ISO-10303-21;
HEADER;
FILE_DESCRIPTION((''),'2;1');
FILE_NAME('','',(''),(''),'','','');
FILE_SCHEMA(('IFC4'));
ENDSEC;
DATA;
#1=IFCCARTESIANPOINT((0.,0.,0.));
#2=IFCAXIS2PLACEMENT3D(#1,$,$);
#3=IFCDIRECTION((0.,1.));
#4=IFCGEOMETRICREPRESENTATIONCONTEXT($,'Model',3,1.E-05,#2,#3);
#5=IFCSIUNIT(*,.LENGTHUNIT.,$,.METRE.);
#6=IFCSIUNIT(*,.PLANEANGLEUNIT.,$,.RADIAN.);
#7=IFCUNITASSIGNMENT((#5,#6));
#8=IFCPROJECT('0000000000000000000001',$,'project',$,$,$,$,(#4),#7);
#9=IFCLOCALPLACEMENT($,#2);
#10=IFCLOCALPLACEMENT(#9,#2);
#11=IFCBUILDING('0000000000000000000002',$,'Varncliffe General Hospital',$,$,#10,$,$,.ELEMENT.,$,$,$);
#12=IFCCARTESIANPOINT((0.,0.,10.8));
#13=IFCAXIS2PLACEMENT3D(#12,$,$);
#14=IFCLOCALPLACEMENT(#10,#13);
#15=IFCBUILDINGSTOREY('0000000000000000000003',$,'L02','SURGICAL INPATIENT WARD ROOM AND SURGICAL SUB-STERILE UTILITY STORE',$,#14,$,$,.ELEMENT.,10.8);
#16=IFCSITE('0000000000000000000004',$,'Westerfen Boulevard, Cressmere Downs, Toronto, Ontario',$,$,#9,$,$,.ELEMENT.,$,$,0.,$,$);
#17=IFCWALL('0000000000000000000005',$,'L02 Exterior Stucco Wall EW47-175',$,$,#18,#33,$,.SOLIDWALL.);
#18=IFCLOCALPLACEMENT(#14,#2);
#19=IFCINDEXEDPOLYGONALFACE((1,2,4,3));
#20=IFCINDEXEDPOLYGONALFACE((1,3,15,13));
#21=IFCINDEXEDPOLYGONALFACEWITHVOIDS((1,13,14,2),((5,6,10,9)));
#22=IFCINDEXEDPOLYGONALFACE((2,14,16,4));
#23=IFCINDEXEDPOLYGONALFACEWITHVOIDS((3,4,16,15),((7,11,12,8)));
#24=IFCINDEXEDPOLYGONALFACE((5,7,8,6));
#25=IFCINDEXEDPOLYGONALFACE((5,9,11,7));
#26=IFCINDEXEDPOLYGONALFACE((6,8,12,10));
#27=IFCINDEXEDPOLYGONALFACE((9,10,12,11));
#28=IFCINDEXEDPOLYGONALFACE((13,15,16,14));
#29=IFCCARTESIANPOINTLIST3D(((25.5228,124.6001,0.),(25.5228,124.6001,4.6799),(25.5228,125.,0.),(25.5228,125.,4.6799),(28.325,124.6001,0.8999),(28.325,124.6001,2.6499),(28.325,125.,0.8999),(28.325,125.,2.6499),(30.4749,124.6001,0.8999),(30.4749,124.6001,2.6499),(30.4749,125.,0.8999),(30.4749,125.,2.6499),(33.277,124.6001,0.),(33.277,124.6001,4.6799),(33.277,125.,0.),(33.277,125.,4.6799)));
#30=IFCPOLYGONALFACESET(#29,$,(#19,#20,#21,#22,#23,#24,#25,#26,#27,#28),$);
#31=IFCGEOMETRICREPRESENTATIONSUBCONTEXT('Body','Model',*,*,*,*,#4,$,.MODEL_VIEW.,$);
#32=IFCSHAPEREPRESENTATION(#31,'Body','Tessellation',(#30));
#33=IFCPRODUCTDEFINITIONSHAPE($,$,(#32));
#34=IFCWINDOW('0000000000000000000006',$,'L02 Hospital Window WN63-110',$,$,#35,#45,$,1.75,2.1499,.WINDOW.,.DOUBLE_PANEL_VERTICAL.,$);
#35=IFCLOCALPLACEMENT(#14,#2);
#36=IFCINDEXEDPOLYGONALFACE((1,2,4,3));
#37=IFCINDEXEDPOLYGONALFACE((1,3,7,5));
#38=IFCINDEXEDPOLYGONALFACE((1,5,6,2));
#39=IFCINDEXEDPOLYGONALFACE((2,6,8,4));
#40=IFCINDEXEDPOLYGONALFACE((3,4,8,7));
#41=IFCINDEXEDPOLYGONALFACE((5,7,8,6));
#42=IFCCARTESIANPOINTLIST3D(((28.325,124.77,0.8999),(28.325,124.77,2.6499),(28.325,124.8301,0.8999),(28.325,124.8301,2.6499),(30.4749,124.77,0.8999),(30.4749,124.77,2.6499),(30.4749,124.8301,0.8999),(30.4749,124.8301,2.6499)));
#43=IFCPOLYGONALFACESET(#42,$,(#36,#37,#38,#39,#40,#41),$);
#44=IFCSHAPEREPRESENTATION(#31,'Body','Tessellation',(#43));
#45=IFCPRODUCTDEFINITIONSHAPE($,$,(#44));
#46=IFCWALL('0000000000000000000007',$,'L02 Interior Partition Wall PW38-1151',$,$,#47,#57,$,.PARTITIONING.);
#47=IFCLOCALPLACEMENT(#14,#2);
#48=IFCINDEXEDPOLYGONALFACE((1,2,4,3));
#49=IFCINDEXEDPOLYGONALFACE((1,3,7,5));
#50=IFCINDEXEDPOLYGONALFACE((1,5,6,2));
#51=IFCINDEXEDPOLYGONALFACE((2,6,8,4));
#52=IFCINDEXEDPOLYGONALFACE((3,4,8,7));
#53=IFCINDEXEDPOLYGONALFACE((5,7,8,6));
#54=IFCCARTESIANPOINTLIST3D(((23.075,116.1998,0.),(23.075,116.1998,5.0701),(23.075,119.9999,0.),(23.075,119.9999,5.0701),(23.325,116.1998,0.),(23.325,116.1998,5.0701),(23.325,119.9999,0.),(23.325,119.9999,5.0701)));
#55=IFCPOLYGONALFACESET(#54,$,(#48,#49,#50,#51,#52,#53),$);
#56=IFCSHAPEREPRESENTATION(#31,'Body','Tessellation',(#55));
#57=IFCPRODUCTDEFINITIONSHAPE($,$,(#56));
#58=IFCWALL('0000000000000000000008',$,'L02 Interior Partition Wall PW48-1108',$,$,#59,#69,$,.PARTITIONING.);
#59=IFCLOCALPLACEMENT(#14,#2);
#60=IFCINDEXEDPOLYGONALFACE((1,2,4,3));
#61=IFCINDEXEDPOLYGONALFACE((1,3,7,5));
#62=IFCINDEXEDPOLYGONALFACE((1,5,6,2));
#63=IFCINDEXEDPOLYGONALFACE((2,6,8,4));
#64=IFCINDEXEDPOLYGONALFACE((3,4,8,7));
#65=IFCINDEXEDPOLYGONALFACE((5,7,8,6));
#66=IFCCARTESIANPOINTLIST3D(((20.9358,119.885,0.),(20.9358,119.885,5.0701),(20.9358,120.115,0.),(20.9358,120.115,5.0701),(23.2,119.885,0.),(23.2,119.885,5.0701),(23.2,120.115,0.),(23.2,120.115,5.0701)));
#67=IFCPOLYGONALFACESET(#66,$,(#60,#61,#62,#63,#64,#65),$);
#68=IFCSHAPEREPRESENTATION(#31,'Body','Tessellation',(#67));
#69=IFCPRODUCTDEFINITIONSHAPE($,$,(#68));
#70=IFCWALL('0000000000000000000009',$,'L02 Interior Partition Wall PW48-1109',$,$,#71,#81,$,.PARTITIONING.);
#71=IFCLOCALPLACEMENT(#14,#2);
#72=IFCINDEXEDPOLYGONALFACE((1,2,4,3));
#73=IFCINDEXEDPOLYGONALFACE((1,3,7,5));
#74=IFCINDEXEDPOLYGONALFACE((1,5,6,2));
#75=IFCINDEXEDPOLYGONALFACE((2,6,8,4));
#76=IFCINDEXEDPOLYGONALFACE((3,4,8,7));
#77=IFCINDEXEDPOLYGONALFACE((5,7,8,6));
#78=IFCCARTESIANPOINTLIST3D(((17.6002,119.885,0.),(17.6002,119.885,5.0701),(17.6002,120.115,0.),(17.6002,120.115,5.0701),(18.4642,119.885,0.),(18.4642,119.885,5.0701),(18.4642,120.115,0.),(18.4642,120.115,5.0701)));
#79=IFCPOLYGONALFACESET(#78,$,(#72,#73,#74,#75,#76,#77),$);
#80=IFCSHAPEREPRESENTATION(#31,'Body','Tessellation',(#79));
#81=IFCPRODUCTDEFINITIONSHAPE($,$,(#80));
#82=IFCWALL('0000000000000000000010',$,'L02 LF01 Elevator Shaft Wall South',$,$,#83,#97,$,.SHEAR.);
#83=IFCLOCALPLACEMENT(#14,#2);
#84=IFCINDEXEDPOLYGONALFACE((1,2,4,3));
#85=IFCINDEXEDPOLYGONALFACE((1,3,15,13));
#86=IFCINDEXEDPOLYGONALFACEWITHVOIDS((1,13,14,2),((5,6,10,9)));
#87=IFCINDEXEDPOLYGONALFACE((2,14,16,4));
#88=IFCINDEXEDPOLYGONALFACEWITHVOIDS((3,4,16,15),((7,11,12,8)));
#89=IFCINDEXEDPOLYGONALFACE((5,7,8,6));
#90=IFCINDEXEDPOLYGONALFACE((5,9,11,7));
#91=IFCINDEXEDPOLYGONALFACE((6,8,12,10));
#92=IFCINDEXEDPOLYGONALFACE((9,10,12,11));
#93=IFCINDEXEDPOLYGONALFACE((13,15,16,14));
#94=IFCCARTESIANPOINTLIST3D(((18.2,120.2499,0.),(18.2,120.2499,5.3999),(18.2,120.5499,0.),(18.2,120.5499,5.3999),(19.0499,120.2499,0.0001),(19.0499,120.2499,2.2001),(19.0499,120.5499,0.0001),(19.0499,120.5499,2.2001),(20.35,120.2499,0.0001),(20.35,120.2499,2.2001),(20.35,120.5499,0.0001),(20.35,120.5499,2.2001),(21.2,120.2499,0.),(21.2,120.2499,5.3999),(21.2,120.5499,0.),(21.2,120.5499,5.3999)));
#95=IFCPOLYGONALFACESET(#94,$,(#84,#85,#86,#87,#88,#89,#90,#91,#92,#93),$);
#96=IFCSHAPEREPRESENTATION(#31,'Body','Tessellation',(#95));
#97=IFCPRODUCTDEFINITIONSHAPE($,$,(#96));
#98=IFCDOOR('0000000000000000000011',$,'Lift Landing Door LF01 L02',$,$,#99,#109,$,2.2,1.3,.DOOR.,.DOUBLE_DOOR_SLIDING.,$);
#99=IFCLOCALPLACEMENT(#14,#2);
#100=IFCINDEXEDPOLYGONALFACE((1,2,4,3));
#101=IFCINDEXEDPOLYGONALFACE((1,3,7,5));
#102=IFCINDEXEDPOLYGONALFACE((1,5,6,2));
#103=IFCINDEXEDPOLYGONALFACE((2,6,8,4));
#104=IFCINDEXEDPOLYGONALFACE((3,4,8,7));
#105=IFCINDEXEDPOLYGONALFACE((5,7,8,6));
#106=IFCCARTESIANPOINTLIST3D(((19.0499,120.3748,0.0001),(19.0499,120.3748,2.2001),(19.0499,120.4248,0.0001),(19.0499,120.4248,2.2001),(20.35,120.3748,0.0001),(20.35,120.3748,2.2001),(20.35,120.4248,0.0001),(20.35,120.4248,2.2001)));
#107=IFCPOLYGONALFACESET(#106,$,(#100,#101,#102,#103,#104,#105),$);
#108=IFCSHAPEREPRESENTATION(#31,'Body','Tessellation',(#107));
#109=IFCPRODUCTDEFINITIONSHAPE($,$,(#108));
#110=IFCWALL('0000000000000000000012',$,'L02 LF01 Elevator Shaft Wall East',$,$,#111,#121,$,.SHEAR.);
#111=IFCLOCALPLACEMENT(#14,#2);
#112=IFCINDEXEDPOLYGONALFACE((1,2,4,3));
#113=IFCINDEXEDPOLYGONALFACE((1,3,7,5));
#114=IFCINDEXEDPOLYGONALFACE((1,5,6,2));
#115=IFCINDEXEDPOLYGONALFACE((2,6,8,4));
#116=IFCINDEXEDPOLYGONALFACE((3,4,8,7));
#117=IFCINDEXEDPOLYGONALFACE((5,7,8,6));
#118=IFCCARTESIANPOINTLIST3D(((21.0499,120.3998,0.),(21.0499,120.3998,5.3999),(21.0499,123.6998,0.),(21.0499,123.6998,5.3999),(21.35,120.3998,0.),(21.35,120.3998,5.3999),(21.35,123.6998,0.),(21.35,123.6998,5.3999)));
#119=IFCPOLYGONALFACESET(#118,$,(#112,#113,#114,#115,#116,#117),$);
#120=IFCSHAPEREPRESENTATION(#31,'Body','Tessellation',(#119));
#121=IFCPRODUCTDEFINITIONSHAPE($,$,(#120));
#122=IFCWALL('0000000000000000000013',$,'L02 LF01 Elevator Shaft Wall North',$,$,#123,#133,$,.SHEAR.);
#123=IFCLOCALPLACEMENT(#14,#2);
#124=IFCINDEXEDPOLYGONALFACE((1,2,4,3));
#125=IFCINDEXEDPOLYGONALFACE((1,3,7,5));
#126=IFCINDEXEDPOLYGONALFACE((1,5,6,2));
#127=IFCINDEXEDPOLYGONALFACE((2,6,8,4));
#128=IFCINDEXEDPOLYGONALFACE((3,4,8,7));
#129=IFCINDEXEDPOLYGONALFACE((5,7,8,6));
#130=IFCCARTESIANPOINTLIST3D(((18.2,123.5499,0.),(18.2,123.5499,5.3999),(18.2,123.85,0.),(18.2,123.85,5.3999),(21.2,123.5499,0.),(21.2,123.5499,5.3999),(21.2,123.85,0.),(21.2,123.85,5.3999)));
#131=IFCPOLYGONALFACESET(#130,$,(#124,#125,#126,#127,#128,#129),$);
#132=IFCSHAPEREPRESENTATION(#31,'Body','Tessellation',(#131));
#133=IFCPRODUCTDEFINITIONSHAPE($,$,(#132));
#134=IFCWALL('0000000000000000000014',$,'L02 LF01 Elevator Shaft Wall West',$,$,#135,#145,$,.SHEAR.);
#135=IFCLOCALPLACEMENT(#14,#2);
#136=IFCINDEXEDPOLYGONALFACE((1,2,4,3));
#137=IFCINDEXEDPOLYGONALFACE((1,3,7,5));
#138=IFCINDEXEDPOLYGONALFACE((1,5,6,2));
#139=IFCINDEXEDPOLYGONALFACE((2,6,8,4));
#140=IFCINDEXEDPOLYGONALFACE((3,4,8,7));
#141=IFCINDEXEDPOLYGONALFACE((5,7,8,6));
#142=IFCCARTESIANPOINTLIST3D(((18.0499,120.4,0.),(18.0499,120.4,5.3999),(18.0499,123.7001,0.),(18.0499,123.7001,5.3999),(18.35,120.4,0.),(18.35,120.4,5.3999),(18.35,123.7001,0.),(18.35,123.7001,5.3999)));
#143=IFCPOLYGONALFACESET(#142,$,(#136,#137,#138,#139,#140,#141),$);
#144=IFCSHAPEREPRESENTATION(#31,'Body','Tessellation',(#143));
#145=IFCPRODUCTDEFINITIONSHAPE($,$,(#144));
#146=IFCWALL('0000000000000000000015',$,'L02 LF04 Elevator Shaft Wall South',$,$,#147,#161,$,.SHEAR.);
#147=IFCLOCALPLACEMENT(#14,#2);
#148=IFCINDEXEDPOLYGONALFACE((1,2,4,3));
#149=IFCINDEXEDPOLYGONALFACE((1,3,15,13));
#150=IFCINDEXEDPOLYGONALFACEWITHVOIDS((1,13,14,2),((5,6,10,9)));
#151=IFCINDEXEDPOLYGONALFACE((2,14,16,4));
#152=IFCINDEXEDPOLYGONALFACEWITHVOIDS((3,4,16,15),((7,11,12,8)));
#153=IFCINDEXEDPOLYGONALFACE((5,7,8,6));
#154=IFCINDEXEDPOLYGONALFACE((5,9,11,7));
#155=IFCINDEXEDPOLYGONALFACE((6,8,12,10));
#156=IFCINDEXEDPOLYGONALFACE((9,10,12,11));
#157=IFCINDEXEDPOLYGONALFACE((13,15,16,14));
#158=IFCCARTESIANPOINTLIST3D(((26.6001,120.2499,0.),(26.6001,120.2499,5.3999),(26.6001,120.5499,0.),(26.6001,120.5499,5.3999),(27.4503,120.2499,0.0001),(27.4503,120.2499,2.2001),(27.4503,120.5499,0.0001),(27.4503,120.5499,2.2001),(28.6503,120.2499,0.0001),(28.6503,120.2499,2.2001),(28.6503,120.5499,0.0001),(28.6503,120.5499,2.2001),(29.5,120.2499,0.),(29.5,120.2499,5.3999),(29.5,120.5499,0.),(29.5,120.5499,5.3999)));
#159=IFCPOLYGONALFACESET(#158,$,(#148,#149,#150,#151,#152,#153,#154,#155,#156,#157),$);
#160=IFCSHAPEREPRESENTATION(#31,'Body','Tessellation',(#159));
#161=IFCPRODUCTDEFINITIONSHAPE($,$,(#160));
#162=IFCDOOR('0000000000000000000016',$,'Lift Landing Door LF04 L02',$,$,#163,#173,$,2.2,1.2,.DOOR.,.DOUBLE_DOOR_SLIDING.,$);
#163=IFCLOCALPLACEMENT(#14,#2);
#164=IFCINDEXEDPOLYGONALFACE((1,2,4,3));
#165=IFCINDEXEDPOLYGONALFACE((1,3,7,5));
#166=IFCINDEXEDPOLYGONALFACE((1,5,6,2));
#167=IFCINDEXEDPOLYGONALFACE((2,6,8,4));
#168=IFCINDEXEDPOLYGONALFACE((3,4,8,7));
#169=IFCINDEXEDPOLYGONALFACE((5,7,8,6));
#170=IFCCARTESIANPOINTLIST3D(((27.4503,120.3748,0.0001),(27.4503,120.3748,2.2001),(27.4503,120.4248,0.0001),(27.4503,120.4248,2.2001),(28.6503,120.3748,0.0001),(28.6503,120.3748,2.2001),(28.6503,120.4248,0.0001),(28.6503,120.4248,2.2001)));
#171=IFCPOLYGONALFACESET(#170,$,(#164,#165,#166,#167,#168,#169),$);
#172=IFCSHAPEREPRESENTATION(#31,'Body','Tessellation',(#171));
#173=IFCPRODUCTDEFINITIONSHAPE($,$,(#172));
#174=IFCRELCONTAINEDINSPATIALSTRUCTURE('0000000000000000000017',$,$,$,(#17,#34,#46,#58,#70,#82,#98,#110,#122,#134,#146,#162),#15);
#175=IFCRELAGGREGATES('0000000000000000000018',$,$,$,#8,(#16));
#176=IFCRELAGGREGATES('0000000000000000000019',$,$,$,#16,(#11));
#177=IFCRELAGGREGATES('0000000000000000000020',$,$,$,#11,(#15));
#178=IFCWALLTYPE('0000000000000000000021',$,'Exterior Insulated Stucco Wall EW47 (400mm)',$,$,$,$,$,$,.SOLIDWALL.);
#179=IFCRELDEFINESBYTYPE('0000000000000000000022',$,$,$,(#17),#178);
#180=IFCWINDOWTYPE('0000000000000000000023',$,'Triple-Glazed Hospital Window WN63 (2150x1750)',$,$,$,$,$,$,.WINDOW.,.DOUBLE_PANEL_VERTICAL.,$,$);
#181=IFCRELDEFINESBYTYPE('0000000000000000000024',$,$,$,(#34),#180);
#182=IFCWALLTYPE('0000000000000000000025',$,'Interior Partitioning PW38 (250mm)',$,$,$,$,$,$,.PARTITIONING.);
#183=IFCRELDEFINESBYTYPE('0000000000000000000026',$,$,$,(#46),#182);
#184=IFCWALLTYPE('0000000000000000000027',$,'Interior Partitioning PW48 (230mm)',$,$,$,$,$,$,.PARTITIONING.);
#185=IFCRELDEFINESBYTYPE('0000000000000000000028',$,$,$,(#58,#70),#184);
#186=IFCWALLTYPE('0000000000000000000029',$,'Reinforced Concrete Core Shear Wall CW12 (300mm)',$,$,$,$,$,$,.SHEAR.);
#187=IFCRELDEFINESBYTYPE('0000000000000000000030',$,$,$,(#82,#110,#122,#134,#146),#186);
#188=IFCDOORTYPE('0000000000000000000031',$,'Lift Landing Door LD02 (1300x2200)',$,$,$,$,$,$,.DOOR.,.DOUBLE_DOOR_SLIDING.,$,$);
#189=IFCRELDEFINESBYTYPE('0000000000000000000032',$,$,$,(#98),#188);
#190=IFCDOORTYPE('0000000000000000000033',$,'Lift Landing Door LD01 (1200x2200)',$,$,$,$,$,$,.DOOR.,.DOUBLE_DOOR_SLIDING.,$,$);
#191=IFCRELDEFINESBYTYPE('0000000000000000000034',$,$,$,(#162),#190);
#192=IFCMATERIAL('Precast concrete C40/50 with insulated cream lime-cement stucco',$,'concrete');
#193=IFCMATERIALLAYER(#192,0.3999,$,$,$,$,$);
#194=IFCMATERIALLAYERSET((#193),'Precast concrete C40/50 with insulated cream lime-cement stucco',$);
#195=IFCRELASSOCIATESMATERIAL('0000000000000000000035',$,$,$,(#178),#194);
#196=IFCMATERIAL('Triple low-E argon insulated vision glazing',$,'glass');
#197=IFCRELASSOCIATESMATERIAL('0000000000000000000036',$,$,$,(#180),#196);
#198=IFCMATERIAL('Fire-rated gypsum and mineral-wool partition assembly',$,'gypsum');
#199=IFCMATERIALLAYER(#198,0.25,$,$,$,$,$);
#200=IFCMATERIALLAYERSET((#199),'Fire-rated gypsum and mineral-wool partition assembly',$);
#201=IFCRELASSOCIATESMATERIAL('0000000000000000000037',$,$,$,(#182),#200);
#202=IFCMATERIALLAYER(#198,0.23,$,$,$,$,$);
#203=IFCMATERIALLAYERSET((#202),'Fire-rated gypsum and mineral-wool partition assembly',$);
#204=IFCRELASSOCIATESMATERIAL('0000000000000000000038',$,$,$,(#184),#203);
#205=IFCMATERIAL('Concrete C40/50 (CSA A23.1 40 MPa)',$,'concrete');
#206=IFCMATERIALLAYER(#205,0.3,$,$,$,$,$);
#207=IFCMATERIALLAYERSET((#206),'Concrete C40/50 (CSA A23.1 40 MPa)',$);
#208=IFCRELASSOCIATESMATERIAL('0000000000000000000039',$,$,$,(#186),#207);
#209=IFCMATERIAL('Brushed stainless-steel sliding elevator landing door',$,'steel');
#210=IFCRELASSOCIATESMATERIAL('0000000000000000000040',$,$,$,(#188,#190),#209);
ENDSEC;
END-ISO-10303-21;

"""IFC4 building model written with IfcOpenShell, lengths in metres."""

from ifc_helpers import new_model, si_unit, direction, frame, frame_2d, origin, place, context, subcontext, project, spatial, rectangle, extrude, material, layer, layer_set, type_object, element, fill, save


model = new_model("IFC4")

# Units and contexts
model_context = context("Model", 3, precision=1e-05, world=origin(), true_north=direction((0.0, 1.0)))
body_context = subcontext(model_context, "Body", "Model", "MODEL_VIEW")
ifc_project = project(units=[si_unit("LENGTHUNIT", "METRE"), si_unit("PLANEANGLEUNIT", "RADIAN")], contexts=[model_context])

# Site, building, storey
site_placement = place(None, origin())
site = spatial("IfcSite", under=ifc_project, at=site_placement, Name="Westerfen Boulevard, Cressmere Downs, Toronto, Ontario", CompositionType="ELEMENT", RefElevation=0.0)
building_placement = place(site_placement, origin())
building = spatial("IfcBuilding", under=site, at=building_placement, Name="Varncliffe General Hospital", CompositionType="ELEMENT")
storey_placement = place(building_placement, frame((0.0, 0.0, 10.8)))
storey = spatial("IfcBuildingStorey", under=building, at=storey_placement, Name="L02", Description="SURGICAL INPATIENT WARD ROOM AND SURGICAL SUB-STERILE UTILITY STORE", CompositionType="ELEMENT", Elevation=10.8)

# Shared definitions
ifc_material_1 = material(Name="Concrete C40/50 (CSA A23.1 40 MPa)", Category="concrete")

# Wall, opening, window
ifc_material_2 = material(Name="Precast concrete C40/50 with insulated cream lime-cement stucco", Category="concrete")
ifc_material_3 = material(Name="Triple low-E argon insulated vision glazing", Category="glass")
ifc_layer_1 = layer(ifc_material_2, 0.3999)
ifc_layer_set_1 = layer_set([ifc_layer_1], Name="Precast concrete C40/50 with insulated cream lime-cement stucco")
wall_type_1 = type_object("IfcWallType", Name="Exterior Insulated Stucco Wall EW47 (400mm)", PredefinedType="SOLIDWALL", material=ifc_layer_set_1)
wall_1_placement = place(storey_placement, frame((25.5229, 124.8, 0.0), z_axis=(0.0, 0.0, 1.0), x_axis=(1.0, 0.0, 0.0)))
wall_1 = element("IfcWall", 1, at=wall_1_placement, inside=storey, type_object=wall_type_1, Name="L02 Exterior Stucco Wall EW47-175", PredefinedType="SOLIDWALL", context=body_context, shape_type="SweptSolid", body=[
    extrude(rectangle(XDim=7.7542, YDim=0.3999, at=frame_2d((3.877, 0.0))), origin(), (0.0, 0.0, 1.0), 4.6799),
])
opening_1_placement = place(wall_1_placement, frame((2.802, 0.0, 0.8999)))
opening_1 = element("IfcOpeningElement", 2, at=opening_1_placement, cuts=wall_1, PredefinedType="OPENING", context=body_context, shape_type="SweptSolid", body=[
    extrude(rectangle(XDim=2.1499, YDim=1.75, at=frame_2d((1.075, 0.875))), frame((0.0, 0.21, 0.0), z_axis=(0.0, -1.0, 0.0), x_axis=(1.0, 0.0, 0.0)), (0.0, 0.0, 1.0), 0.4199),
])
window_type_1 = type_object("IfcWindowType", Name="Triple-Glazed Hospital Window WN63 (2150x1750)", PartitioningType="DOUBLE_PANEL_VERTICAL", PredefinedType="WINDOW", material=ifc_material_3)
window_1_placement = place(opening_1_placement, origin())
window_1 = element("IfcWindow", 3, at=window_1_placement, inside=storey, type_object=window_type_1, Name="L02 Hospital Window WN63-110", OverallHeight=1.75, OverallWidth=2.1499, PartitioningType="DOUBLE_PANEL_VERTICAL", PredefinedType="WINDOW", context=body_context, shape_type="SweptSolid", body=[
    extrude(rectangle(XDim=2.1499, YDim=1.75, at=frame_2d((1.075, 0.875))), frame((0.0, 0.03, 0.0), z_axis=(0.0, -1.0, 0.0), x_axis=(1.0, 0.0, 0.0)), (0.0, 0.0, 1.0), 0.0601),
])
fill(opening_1, window_1)

# Walls
ifc_material_4 = material(Name="Fire-rated gypsum and mineral-wool partition assembly", Category="gypsum")
ifc_layer_2 = layer(ifc_material_4, 0.25)
ifc_layer_set_2 = layer_set([ifc_layer_2], Name="Fire-rated gypsum and mineral-wool partition assembly")
wall_type_2 = type_object("IfcWallType", Name="Interior Partitioning PW38 (250mm)", PredefinedType="PARTITIONING", material=ifc_layer_set_2)
wall_2_placement = place(storey_placement, frame((23.2, 116.2, 0.0), z_axis=(0.0, 0.0, 1.0), x_axis=(0.0, 1.0, 0.0)))
element("IfcWall", 4, at=wall_2_placement, inside=storey, type_object=wall_type_2, Name="L02 Interior Partition Wall PW38-1151", PredefinedType="PARTITIONING", context=body_context, shape_type="SweptSolid", body=[
    extrude(rectangle(XDim=3.8, YDim=0.25, at=frame_2d((1.8999, 0.0))), origin(), (0.0, 0.0, 1.0), 5.0701),
])
ifc_layer_3 = layer(ifc_material_4, 0.23)
ifc_layer_set_3 = layer_set([ifc_layer_3], Name="Fire-rated gypsum and mineral-wool partition assembly")
wall_type_3 = type_object("IfcWallType", Name="Interior Partitioning PW48 (230mm)", PredefinedType="PARTITIONING", material=ifc_layer_set_3)
wall_3_placement = place(storey_placement, frame((20.9358, 120.0, 0.0), z_axis=(0.0, 0.0, 1.0), x_axis=(1.0, 0.0, 0.0)))
element("IfcWall", 5, at=wall_3_placement, inside=storey, type_object=wall_type_3, Name="L02 Interior Partition Wall PW48-1108", PredefinedType="PARTITIONING", context=body_context, shape_type="SweptSolid", body=[
    extrude(rectangle(XDim=2.2642, YDim=0.23, at=frame_2d((1.1321, 0.0))), origin(), (0.0, 0.0, 1.0), 5.0701),
])
wall_4_placement = place(storey_placement, frame((17.6001, 120.0, 0.0), z_axis=(0.0, 0.0, 1.0), x_axis=(1.0, 0.0, 0.0)))
element("IfcWall", 6, at=wall_4_placement, inside=storey, type_object=wall_type_3, Name="L02 Interior Partition Wall PW48-1109", PredefinedType="PARTITIONING", context=body_context, shape_type="SweptSolid", body=[
    extrude(rectangle(XDim=0.864, YDim=0.23, at=frame_2d((0.4321, 0.0))), origin(), (0.0, 0.0, 1.0), 5.0701),
])

# Wall, opening, door
ifc_layer_4 = layer(ifc_material_1, 0.3)
ifc_layer_set_4 = layer_set([ifc_layer_4], Name="Concrete C40/50 (CSA A23.1 40 MPa)")
wall_type_4 = type_object("IfcWallType", Name="Reinforced Concrete Core Shear Wall CW12 (300mm)", PredefinedType="SHEAR", material=ifc_layer_set_4)
wall_5_placement = place(storey_placement, frame((18.2, 120.3999, 0.0), z_axis=(0.0, 0.0, 1.0), x_axis=(1.0, 0.0, 0.0)))
wall_5 = element("IfcWall", 7, at=wall_5_placement, inside=storey, type_object=wall_type_4, Name="L02 LF01 Elevator Shaft Wall South", PredefinedType="SHEAR", context=body_context, shape_type="SweptSolid", body=[
    extrude(rectangle(XDim=3.0, YDim=0.3, at=frame_2d((1.5, 0.0))), origin(), (0.0, 0.0, 1.0), 5.3999),
])
opening_2_placement = place(wall_5_placement, frame((0.8501, 0.0, 0.0)))
opening_2 = element("IfcOpeningElement", 8, at=opening_2_placement, cuts=wall_5, PredefinedType="OPENING", context=body_context, shape_type="SweptSolid", body=[
    extrude(rectangle(XDim=1.3, YDim=2.2, at=frame_2d((0.6499, 1.1001))), frame((0.0, 0.1602, 0.0), z_axis=(0.0, -1.0, 0.0), x_axis=(1.0, 0.0, 0.0)), (0.0, 0.0, 1.0), 0.3201),
])
ifc_material_5 = material(Name="Brushed stainless-steel sliding elevator landing door", Category="steel")
door_type_1 = type_object("IfcDoorType", Name="Lift Landing Door LD02 (1300x2200)", OperationType="DOUBLE_DOOR_SLIDING", PredefinedType="DOOR", material=ifc_material_5)
door_1_placement = place(opening_2_placement, origin())
door_1 = element("IfcDoor", 9, at=door_1_placement, inside=storey, type_object=door_type_1, Name="Lift Landing Door LF01 L02", OperationType="DOUBLE_DOOR_SLIDING", OverallHeight=2.2, OverallWidth=1.3, PredefinedType="DOOR", context=body_context, shape_type="SweptSolid", body=[
    extrude(rectangle(XDim=1.3, YDim=2.2, at=frame_2d((0.6499, 1.1001))), frame((0.0, 0.0249, 0.0), z_axis=(0.0, -1.0, 0.0), x_axis=(1.0, 0.0, 0.0)), (0.0, 0.0, 1.0), 0.05),
])
fill(opening_2, door_1)

# Walls
wall_6_placement = place(storey_placement, frame((21.2, 120.3999, 0.0), z_axis=(0.0, 0.0, 1.0), x_axis=(0.0, 1.0, 0.0)))
element("IfcWall", 10, at=wall_6_placement, inside=storey, type_object=wall_type_4, Name="L02 LF01 Elevator Shaft Wall East", PredefinedType="SHEAR", context=body_context, shape_type="SweptSolid", body=[
    extrude(rectangle(XDim=3.3, YDim=0.3, at=frame_2d((1.6499, 0.0))), origin(), (0.0, 0.0, 1.0), 5.3999),
])
wall_7_placement = place(storey_placement, frame((21.2, 123.7, 0.0), z_axis=(0.0, 0.0, 1.0), x_axis=(-1.0, 0.0, 0.0)))
element("IfcWall", 11, at=wall_7_placement, inside=storey, type_object=wall_type_4, Name="L02 LF01 Elevator Shaft Wall North", PredefinedType="SHEAR", context=body_context, shape_type="SweptSolid", body=[
    extrude(rectangle(XDim=3.0, YDim=0.3, at=frame_2d((1.5, 0.0))), origin(), (0.0, 0.0, 1.0), 5.3999),
])
wall_8_placement = place(storey_placement, frame((18.2, 123.7, 0.0), z_axis=(0.0, 0.0, 1.0), x_axis=(0.0, -1.0, 0.0)))
element("IfcWall", 12, at=wall_8_placement, inside=storey, type_object=wall_type_4, Name="L02 LF01 Elevator Shaft Wall West", PredefinedType="SHEAR", context=body_context, shape_type="SweptSolid", body=[
    extrude(rectangle(XDim=3.3, YDim=0.3, at=frame_2d((1.6499, 0.0))), origin(), (0.0, 0.0, 1.0), 5.3999),
])

# Wall, opening, door
wall_9_placement = place(storey_placement, frame((26.6001, 120.3999, 0.0), z_axis=(0.0, 0.0, 1.0), x_axis=(1.0, 0.0, 0.0)))
wall_9 = element("IfcWall", 13, at=wall_9_placement, inside=storey, type_object=wall_type_4, Name="L02 LF04 Elevator Shaft Wall South", PredefinedType="SHEAR", context=body_context, shape_type="SweptSolid", body=[
    extrude(rectangle(XDim=2.8999, YDim=0.3, at=frame_2d((1.45, 0.0))), origin(), (0.0, 0.0, 1.0), 5.3999),
])
opening_3_placement = place(wall_9_placement, frame((0.8501, 0.0, 0.0)))
opening_3 = element("IfcOpeningElement", 14, at=opening_3_placement, cuts=wall_9, PredefinedType="OPENING", context=body_context, shape_type="SweptSolid", body=[
    extrude(rectangle(XDim=1.2, YDim=2.2, at=frame_2d((0.6001, 1.1001))), frame((0.0, 0.1602, 0.0), z_axis=(0.0, -1.0, 0.0), x_axis=(1.0, 0.0, 0.0)), (0.0, 0.0, 1.0), 0.3201),
])
door_type_2 = type_object("IfcDoorType", Name="Lift Landing Door LD01 (1200x2200)", OperationType="DOUBLE_DOOR_SLIDING", PredefinedType="DOOR", material=ifc_material_5)
door_2_placement = place(opening_3_placement, origin())
door_2 = element("IfcDoor", 15, at=door_2_placement, inside=storey, type_object=door_type_2, Name="Lift Landing Door LF04 L02", OperationType="DOUBLE_DOOR_SLIDING", OverallHeight=2.2, OverallWidth=1.2, PredefinedType="DOOR", context=body_context, shape_type="SweptSolid", body=[
    extrude(rectangle(XDim=1.2, YDim=2.2, at=frame_2d((0.6001, 1.1001))), frame((0.0, 0.0249, 0.0), z_axis=(0.0, -1.0, 0.0), x_axis=(1.0, 0.0, 0.0)), (0.0, 0.0, 1.0), 0.05),
])
fill(opening_3, door_2)

save(model, "model.ifc")
